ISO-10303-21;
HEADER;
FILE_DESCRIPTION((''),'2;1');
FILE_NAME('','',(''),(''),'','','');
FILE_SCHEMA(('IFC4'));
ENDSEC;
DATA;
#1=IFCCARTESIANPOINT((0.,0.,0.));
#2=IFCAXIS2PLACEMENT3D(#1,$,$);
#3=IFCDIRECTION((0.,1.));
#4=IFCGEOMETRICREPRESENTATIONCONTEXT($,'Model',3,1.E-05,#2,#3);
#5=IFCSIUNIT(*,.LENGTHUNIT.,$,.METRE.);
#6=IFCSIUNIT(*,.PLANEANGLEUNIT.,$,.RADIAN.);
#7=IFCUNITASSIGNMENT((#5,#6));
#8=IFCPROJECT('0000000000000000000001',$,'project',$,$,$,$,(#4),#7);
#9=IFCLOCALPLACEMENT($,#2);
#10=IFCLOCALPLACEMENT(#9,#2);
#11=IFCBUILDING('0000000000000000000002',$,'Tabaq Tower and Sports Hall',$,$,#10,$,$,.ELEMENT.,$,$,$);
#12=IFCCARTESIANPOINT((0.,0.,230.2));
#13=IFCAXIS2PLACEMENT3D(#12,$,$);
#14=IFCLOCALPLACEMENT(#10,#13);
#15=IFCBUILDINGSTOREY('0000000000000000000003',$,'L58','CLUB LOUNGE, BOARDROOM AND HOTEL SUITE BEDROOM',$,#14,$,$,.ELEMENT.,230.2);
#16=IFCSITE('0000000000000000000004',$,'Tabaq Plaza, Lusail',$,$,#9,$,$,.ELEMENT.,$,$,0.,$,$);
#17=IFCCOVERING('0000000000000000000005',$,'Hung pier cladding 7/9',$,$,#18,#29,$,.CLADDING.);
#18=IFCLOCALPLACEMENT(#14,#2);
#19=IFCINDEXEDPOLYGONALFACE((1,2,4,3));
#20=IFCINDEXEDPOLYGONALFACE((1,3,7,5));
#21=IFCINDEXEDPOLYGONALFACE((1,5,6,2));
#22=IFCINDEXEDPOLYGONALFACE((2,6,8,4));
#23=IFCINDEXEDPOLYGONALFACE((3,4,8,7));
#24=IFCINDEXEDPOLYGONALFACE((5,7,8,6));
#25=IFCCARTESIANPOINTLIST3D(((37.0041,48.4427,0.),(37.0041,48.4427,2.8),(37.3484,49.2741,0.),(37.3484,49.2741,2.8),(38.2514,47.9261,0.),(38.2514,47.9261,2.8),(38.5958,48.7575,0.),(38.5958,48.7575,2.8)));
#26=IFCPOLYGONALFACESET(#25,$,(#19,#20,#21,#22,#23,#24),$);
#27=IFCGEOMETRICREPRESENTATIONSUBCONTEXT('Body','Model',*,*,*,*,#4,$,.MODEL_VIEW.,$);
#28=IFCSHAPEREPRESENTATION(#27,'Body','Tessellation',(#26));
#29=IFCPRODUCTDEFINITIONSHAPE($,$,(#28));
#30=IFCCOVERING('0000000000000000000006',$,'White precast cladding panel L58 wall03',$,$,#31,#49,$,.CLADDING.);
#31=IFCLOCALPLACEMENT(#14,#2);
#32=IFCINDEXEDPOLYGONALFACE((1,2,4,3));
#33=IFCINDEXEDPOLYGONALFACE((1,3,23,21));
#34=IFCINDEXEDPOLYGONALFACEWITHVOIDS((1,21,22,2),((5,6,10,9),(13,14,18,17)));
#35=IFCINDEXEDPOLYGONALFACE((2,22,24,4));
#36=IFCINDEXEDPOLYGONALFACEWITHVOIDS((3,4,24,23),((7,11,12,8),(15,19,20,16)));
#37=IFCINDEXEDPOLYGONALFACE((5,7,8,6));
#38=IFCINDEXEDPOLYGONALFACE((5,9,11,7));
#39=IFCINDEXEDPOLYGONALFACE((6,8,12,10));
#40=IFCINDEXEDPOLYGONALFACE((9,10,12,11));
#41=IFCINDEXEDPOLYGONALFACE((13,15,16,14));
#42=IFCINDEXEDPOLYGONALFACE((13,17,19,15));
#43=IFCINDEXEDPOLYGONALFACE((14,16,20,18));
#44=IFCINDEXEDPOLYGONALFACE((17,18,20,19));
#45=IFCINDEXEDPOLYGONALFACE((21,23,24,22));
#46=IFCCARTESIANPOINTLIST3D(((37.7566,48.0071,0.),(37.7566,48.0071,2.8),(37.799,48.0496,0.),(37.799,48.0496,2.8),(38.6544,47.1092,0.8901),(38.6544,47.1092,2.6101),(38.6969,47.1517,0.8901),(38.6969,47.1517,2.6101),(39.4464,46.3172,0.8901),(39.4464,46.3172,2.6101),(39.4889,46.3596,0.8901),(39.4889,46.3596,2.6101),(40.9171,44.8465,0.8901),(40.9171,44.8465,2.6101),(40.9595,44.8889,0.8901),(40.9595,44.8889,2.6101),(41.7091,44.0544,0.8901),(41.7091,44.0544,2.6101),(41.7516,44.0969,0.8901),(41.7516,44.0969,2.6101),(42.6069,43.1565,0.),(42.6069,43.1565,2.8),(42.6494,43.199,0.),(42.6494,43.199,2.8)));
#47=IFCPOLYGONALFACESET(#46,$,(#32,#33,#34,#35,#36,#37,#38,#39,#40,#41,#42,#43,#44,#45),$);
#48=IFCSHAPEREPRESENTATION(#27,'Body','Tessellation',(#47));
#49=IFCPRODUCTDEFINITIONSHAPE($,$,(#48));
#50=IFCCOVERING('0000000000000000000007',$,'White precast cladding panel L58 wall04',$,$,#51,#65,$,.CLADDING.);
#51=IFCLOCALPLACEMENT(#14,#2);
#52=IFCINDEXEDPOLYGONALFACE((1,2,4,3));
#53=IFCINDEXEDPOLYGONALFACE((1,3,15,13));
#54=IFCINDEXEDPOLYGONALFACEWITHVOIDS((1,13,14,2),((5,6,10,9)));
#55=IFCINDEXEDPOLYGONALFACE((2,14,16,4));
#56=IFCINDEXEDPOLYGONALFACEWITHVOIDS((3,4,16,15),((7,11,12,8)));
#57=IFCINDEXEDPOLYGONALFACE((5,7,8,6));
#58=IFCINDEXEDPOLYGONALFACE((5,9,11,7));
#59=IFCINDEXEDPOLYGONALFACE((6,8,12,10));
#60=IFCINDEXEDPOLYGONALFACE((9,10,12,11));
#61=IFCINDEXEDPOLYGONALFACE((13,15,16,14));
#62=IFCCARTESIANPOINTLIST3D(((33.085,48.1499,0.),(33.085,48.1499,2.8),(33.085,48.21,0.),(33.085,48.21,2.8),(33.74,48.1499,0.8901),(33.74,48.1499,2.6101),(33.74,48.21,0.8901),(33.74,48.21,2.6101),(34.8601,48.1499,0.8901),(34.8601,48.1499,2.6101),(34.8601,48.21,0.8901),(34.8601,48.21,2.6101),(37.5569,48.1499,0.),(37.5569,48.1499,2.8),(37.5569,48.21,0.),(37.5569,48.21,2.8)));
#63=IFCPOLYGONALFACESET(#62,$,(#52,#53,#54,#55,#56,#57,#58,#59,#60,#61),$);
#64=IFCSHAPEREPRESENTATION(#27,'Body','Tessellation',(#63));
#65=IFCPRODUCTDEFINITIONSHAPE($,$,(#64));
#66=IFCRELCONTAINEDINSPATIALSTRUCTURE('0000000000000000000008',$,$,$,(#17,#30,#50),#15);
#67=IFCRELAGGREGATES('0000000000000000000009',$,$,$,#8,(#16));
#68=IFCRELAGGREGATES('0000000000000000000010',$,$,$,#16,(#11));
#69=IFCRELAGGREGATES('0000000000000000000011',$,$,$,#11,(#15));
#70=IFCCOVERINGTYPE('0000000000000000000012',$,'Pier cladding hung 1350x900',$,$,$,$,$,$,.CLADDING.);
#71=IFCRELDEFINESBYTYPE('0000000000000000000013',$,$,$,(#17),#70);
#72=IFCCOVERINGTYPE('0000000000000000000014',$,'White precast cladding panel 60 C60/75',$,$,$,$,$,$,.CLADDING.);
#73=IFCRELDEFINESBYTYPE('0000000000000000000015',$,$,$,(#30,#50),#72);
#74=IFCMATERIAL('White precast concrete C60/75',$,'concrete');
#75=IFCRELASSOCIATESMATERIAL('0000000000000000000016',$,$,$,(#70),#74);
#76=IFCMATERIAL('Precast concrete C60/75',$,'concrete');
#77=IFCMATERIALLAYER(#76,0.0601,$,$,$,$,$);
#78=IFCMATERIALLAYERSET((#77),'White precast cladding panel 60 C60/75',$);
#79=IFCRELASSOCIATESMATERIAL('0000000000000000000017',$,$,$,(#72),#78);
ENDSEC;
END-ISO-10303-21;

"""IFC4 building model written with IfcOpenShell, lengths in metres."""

from ifc_helpers import new_model, si_unit, direction, frame, frame_2d, origin, place, context, subcontext, project, spatial, polyline, rectangle, outline, extrude, material, layer, layer_set, type_object, element, save


model = new_model("IFC4")

# Units and contexts
model_context = context("Model", 3, precision=1e-05, world=origin(), true_north=direction((0.0, 1.0)))
body_context = subcontext(model_context, "Body", "Model", "MODEL_VIEW")
ifc_project = project(units=[si_unit("LENGTHUNIT", "METRE"), si_unit("PLANEANGLEUNIT", "RADIAN")], contexts=[model_context])

# Site, building, storey
site_placement = place(None, origin())
site = spatial("IfcSite", under=ifc_project, at=site_placement, Name="Tabaq Plaza, Lusail", CompositionType="ELEMENT", RefElevation=0.0)
building_placement = place(site_placement, origin())
building = spatial("IfcBuilding", under=site, at=building_placement, Name="Tabaq Tower and Sports Hall", CompositionType="ELEMENT")
storey_placement = place(building_placement, frame((0.0, 0.0, 230.2)))
storey = spatial("IfcBuildingStorey", under=building, at=storey_placement, Name="L58", Description="CLUB LOUNGE, BOARDROOM AND HOTEL SUITE BEDROOM", CompositionType="ELEMENT", Elevation=230.2)

# Coverings
ifc_material_1 = material(Name="White precast concrete C60/75", Category="concrete")
covering_type_1 = type_object("IfcCoveringType", Name="Pier cladding hung 1350x900", PredefinedType="CLADDING", material=ifc_material_1)
covering_1_placement = place(storey_placement, frame((38.4236, 48.3418, 0.0), z_axis=(0.0, 0.0, 1.0), x_axis=(-0.923893, 0.38265, 0.0)))
element("IfcCovering", 1, at=covering_1_placement, inside=storey, type_object=covering_type_1, Name="Hung pier cladding 7/9", PredefinedType="CLADDING", context=body_context, shape_type="SweptSolid", body=[
    extrude(rectangle(XDim=1.3501, YDim=0.8999, at=frame_2d((0.675, 0.0))), origin(), (0.0, 0.0, 1.0), 2.8),
])
ifc_material_2 = material(Name="Precast concrete C60/75", Category="concrete")
ifc_layer_1 = layer(ifc_material_2, 0.0601)
ifc_layer_set_1 = layer_set([ifc_layer_1], Name="White precast cladding panel 60 C60/75")
covering_type_2 = type_object("IfcCoveringType", Name="White precast cladding panel 60 C60/75", PredefinedType="CLADDING", material=ifc_layer_set_1)
covering_2_placement = place(storey_placement, frame((42.6282, 43.1777, 0.0), z_axis=(0.0, 0.0, 1.0), x_axis=(-0.707089, 0.707125, 0.0)))
element("IfcCovering", 2, at=covering_2_placement, inside=storey, type_object=covering_type_2, Name="White precast cladding panel L58 wall03", PredefinedType="CLADDING", context=body_context, shape_type="SweptSolid", body=[
    extrude(outline(polyline([(0.0, 0.0), (6.8596, 0.0), (6.8596, 2.8), (0.0, 2.8), (0.0, 0.0)]), holes=[polyline([(1.2698, 2.6101), (2.3899, 2.6101), (2.3899, 0.8901), (1.2698, 0.8901), (1.2698, 2.6101)]), polyline([(4.4697, 2.6101), (5.5898, 2.6101), (5.5898, 0.8901), (4.4697, 0.8901), (4.4697, 2.6101)])]), frame((0.0, 0.03, 0.0), z_axis=(0.0, -1.0, 0.0), x_axis=(1.0, 0.0, 0.0)), (0.0, 0.0, 1.0), 0.0601),
])
covering_3_placement = place(storey_placement, frame((37.5569, 48.1799, 0.0), z_axis=(0.0, 0.0, 1.0), x_axis=(-1.0, 0.0, 0.0)))
element("IfcCovering", 3, at=covering_3_placement, inside=storey, type_object=covering_type_2, Name="White precast cladding panel L58 wall04", PredefinedType="CLADDING", context=body_context, shape_type="SweptSolid", body=[
    extrude(outline(polyline([(0.0, 0.0), (4.4719, 0.0), (4.4719, 2.8), (0.0, 2.8), (0.0, 0.0)]), holes=[polyline([(2.6968, 0.8901), (2.6968, 2.6101), (3.8169, 2.6101), (3.8169, 0.8901), (2.6968, 0.8901)])]), frame((0.0, 0.03, 0.0), z_axis=(0.0, -1.0, 0.0), x_axis=(1.0, 0.0, 0.0)), (0.0, 0.0, 1.0), 0.0601),
])

save(model, "model.ifc")
